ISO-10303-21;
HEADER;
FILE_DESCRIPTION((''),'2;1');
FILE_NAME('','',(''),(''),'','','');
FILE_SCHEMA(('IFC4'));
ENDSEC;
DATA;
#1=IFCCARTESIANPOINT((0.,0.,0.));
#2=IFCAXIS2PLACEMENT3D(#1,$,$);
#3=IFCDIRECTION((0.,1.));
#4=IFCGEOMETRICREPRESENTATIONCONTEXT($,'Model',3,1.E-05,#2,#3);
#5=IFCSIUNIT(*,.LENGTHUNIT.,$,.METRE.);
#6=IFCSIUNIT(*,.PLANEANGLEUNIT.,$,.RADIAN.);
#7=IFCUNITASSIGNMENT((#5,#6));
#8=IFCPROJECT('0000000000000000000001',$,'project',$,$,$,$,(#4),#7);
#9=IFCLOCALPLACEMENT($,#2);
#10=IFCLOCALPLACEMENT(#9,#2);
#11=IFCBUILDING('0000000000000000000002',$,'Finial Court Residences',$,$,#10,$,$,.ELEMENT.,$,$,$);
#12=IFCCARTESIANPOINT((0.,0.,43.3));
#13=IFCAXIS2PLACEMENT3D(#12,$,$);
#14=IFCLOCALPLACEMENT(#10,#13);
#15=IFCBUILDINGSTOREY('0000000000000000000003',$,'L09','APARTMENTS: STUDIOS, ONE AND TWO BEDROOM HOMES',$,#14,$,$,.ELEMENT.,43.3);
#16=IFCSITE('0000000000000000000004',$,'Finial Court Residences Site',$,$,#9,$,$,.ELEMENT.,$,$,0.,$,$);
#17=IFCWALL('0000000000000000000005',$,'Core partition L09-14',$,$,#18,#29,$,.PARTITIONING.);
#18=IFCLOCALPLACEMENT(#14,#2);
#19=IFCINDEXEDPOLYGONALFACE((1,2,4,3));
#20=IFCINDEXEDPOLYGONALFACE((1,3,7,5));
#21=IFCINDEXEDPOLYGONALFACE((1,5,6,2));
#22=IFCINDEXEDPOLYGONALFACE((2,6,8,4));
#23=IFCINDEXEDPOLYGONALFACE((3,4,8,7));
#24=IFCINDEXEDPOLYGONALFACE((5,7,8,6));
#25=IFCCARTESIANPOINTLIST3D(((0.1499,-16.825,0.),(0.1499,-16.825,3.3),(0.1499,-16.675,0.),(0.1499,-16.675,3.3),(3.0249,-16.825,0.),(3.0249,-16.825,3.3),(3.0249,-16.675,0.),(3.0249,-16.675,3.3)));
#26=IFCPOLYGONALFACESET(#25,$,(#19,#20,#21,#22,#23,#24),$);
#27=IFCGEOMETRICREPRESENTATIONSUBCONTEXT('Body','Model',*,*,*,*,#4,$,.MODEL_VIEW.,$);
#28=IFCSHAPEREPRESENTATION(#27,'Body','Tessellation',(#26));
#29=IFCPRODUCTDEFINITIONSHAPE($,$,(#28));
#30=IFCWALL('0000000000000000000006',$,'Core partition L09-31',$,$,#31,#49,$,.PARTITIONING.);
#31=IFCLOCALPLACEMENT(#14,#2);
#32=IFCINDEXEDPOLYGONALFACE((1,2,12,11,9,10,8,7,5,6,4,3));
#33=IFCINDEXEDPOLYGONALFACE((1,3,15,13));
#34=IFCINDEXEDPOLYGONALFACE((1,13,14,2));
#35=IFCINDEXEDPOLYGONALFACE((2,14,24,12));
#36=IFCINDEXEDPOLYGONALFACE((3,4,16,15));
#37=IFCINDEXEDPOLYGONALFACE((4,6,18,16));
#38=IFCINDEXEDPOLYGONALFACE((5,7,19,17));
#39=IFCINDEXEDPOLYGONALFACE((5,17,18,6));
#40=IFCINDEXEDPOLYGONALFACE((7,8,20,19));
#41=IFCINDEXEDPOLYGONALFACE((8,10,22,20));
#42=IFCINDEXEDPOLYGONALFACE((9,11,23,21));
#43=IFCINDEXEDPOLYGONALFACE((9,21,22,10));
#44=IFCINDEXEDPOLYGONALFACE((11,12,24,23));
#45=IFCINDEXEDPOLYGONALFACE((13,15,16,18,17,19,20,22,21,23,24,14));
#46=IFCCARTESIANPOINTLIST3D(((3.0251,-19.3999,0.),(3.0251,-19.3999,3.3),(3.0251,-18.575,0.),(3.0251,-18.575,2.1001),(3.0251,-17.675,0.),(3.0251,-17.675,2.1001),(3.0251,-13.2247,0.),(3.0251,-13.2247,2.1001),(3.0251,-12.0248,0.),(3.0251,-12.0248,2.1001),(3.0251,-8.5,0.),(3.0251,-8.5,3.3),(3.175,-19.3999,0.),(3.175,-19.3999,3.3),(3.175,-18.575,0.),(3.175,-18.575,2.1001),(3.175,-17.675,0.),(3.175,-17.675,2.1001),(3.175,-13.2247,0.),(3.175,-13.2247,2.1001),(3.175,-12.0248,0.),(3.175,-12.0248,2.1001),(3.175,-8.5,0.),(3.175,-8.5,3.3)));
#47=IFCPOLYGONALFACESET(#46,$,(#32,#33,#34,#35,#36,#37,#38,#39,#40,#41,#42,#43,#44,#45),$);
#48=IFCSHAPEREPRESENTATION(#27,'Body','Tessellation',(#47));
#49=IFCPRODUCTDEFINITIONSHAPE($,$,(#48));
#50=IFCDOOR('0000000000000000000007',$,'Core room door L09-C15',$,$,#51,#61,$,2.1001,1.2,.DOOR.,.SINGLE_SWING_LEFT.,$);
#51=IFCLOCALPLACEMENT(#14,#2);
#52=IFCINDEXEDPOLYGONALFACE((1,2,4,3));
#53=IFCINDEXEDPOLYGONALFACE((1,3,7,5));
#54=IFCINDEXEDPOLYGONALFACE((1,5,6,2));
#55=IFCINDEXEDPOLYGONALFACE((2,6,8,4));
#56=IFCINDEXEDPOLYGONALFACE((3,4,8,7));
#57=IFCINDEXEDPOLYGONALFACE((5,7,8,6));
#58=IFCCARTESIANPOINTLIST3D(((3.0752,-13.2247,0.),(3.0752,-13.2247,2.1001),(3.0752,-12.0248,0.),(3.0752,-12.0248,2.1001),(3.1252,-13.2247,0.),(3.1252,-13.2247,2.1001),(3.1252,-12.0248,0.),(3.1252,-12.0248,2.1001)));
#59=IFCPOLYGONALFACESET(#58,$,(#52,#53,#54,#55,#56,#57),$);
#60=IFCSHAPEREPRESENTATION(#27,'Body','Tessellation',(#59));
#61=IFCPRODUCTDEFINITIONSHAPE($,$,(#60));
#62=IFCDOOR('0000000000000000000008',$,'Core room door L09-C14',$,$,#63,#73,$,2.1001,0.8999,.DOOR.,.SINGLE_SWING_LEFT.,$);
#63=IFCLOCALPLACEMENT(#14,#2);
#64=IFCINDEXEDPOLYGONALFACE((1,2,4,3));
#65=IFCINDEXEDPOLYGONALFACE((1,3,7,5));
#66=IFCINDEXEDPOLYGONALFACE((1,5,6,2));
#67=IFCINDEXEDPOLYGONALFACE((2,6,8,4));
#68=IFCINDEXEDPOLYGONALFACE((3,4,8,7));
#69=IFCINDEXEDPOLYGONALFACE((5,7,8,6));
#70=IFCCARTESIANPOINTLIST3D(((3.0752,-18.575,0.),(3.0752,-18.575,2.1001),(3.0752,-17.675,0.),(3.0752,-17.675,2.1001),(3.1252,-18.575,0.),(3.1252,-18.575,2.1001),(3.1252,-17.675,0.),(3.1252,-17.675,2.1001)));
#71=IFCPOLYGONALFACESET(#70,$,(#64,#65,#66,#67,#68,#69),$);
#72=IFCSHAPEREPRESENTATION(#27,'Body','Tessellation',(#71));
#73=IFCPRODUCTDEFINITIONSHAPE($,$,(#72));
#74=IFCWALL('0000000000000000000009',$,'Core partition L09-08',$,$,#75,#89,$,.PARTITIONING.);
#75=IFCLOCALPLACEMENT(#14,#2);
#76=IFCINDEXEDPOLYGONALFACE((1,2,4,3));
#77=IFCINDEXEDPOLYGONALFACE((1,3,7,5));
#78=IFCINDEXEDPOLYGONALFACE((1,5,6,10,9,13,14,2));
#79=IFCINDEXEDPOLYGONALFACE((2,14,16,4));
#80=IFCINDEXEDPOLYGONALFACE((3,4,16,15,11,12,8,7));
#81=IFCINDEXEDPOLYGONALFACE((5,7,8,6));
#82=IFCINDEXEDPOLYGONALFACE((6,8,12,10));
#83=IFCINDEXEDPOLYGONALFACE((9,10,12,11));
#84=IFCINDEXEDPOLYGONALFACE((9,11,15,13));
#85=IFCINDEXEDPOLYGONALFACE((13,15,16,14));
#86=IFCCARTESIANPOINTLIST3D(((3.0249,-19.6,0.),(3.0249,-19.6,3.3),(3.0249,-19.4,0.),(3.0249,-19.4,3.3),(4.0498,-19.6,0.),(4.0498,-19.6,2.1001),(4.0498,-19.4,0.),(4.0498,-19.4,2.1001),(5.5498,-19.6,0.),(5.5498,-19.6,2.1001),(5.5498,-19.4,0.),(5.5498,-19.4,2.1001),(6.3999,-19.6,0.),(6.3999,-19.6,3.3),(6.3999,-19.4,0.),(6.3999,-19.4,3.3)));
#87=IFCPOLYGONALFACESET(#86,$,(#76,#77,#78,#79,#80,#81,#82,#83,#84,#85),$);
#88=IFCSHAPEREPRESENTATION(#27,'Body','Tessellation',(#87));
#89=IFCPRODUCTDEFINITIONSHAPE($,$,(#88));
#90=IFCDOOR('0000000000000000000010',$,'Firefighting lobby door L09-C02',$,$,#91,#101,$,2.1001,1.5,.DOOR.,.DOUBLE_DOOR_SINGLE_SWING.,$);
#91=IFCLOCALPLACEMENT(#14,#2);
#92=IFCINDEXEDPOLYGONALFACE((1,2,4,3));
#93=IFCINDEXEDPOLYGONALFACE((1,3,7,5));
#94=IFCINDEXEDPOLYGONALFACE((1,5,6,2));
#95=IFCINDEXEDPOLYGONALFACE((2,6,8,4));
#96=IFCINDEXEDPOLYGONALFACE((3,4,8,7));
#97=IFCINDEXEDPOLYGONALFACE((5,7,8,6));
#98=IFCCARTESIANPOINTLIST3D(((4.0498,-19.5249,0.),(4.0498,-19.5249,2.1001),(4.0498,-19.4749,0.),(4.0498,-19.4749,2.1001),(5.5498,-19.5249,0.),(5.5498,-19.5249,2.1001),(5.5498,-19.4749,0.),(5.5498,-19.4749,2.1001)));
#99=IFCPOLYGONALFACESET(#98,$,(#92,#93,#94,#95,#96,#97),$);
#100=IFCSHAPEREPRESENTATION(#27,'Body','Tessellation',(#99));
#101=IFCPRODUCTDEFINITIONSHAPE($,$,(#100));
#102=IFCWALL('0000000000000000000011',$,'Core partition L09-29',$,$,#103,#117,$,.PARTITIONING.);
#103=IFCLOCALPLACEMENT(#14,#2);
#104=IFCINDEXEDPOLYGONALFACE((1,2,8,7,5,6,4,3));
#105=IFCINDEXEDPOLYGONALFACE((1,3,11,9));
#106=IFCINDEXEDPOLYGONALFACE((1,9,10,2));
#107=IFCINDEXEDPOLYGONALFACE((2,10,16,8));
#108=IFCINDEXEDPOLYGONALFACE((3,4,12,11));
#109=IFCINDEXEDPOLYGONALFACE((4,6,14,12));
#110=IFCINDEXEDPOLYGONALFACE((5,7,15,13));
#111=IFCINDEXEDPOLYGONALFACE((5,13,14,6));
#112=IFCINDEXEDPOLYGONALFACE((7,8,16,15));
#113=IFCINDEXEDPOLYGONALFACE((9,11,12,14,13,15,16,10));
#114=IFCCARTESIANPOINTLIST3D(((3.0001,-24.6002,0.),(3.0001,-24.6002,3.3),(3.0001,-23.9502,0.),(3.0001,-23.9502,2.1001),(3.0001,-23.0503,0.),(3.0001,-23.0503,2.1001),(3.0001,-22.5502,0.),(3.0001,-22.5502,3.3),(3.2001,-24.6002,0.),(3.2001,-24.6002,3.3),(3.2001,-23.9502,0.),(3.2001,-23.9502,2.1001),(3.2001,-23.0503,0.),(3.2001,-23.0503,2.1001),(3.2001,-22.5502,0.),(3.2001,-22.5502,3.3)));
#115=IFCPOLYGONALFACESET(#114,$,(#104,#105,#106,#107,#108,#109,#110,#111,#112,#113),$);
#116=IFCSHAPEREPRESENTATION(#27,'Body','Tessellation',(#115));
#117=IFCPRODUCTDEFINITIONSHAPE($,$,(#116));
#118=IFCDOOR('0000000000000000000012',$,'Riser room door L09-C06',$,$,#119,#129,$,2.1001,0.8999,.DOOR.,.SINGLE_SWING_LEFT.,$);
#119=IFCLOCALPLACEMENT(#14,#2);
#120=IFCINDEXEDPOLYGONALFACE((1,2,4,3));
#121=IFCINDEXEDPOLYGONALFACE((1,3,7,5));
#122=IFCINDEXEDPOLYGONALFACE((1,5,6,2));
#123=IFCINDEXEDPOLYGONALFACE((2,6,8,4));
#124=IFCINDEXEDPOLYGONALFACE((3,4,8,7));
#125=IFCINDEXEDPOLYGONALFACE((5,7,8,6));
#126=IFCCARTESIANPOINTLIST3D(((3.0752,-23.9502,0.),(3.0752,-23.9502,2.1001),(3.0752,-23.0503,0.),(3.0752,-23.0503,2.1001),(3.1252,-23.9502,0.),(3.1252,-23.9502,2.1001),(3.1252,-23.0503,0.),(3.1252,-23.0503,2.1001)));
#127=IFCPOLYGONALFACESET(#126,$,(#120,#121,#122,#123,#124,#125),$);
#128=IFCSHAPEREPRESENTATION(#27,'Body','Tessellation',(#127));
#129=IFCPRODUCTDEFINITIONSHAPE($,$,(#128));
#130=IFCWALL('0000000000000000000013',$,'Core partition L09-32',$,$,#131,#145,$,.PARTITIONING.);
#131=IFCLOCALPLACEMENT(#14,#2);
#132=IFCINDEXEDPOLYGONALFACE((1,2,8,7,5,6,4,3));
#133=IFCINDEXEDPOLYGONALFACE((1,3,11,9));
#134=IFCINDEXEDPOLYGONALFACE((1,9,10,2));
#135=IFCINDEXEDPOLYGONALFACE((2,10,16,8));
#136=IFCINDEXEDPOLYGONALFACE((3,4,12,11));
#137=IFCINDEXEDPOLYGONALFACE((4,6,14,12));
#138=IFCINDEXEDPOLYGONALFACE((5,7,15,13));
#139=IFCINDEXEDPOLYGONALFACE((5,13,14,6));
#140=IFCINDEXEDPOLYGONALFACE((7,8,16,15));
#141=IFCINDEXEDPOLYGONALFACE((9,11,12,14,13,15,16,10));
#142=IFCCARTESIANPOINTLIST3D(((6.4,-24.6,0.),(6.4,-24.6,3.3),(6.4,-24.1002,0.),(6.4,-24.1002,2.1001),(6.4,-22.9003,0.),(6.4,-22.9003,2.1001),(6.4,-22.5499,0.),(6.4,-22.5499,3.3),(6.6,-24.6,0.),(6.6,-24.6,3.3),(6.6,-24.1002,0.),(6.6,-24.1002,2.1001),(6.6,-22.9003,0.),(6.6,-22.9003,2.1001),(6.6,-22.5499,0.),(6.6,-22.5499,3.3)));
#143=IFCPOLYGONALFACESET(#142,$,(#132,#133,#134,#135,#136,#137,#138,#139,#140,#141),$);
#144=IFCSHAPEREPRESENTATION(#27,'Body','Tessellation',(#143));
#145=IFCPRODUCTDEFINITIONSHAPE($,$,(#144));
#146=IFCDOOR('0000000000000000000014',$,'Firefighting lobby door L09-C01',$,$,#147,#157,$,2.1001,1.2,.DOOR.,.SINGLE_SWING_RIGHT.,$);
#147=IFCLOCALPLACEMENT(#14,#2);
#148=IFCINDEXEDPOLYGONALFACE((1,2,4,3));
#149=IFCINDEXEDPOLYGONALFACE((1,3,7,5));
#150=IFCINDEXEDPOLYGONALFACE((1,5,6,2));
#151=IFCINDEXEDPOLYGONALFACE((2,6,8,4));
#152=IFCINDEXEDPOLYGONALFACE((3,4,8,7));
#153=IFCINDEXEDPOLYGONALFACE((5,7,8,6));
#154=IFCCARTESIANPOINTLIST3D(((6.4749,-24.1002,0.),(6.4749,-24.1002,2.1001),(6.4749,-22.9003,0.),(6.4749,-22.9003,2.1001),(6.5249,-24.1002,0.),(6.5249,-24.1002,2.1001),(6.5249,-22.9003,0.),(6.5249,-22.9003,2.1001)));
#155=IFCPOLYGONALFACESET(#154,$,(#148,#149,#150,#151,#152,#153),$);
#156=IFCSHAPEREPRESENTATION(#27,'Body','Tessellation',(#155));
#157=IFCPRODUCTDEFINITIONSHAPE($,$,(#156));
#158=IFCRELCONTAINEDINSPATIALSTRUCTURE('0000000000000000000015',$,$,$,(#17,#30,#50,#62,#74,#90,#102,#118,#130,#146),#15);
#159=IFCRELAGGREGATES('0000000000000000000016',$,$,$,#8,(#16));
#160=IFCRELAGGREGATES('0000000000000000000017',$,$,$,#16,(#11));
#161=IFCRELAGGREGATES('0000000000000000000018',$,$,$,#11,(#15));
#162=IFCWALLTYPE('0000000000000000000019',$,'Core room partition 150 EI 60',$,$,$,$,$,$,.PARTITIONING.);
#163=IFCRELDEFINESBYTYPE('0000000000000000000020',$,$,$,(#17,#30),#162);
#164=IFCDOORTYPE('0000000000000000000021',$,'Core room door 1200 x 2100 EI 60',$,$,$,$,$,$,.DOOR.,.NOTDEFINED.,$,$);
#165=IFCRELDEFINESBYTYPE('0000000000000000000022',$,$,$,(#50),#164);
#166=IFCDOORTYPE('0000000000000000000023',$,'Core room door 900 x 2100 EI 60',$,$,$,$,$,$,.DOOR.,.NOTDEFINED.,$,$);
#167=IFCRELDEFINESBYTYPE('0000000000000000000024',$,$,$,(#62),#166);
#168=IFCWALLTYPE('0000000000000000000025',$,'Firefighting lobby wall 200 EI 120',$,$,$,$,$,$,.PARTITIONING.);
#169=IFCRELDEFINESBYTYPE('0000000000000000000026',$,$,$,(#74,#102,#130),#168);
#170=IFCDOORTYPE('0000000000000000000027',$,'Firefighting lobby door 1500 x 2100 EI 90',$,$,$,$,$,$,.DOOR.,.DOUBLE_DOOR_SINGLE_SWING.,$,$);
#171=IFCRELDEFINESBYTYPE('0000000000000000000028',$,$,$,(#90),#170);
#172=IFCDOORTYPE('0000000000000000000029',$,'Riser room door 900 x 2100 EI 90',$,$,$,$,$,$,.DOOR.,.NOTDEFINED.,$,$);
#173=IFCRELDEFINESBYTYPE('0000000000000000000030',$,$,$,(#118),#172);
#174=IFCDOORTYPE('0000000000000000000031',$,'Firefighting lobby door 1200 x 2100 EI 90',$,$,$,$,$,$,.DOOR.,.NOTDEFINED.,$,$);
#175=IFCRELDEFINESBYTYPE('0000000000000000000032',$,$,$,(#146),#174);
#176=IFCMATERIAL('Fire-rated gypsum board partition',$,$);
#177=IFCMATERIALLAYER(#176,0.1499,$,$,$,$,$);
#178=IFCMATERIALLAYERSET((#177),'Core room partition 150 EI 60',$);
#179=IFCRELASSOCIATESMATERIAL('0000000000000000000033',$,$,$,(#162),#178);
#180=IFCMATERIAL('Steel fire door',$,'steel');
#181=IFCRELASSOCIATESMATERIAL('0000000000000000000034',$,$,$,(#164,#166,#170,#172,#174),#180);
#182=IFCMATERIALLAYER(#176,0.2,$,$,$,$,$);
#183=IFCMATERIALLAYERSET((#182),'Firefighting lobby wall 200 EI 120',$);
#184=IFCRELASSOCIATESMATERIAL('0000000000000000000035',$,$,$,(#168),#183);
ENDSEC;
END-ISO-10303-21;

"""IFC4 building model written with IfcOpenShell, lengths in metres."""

from ifc_helpers import new_model, si_unit, direction, frame, frame_2d, origin, place, context, subcontext, project, spatial, rectangle, extrude, material, layer, layer_set, type_object, element, fill, save


model = new_model("IFC4")

# Units and contexts
model_context = context("Model", 3, precision=1e-05, world=origin(), true_north=direction((0.0, 1.0)))
body_context = subcontext(model_context, "Body", "Model", "MODEL_VIEW")
ifc_project = project(units=[si_unit("LENGTHUNIT", "METRE"), si_unit("PLANEANGLEUNIT", "RADIAN")], contexts=[model_context])

# Site, building, storey
site_placement = place(None, origin())
site = spatial("IfcSite", under=ifc_project, at=site_placement, Name="Finial Court Residences Site", CompositionType="ELEMENT", RefElevation=0.0)
building_placement = place(site_placement, origin())
building = spatial("IfcBuilding", under=site, at=building_placement, Name="Finial Court Residences", CompositionType="ELEMENT")
storey_placement = place(building_placement, frame((0.0, 0.0, 43.3)))
storey = spatial("IfcBuildingStorey", under=building, at=storey_placement, Name="L09", Description="APARTMENTS: STUDIOS, ONE AND TWO BEDROOM HOMES", CompositionType="ELEMENT", Elevation=43.3)

# Wall
ifc_material_1 = material(Name="Fire-rated gypsum board partition")
ifc_layer_1 = layer(ifc_material_1, 0.1499)
ifc_layer_set_1 = layer_set([ifc_layer_1], Name="Core room partition 150 EI 60")
wall_type_1 = type_object("IfcWallType", Name="Core room partition 150 EI 60", PredefinedType="PARTITIONING", material=ifc_layer_set_1)
wall_1_placement = place(storey_placement, frame((0.1499, -16.75, 0.0), z_axis=(0.0, 0.0, 1.0), x_axis=(1.0, 0.0, 0.0)))
element("IfcWall", 1, at=wall_1_placement, inside=storey, type_object=wall_type_1, Name="Core partition L09-14", PredefinedType="PARTITIONING", context=body_context, shape_type="SweptSolid", body=[
    extrude(rectangle(XDim=2.875, YDim=0.1499, at=frame_2d((1.4375, 0.0))), origin(), (0.0, 0.0, 1.0), 3.3),
])

# Wall, openings, doors
wall_2_placement = place(storey_placement, frame((3.1001, -19.3999, 0.0), z_axis=(0.0, 0.0, 1.0), x_axis=(0.0, 1.0, 0.0)))
wall_2 = element("IfcWall", 2, at=wall_2_placement, inside=storey, type_object=wall_type_1, Name="Core partition L09-31", PredefinedType="PARTITIONING", context=body_context, shape_type="SweptSolid", body=[
    extrude(rectangle(XDim=10.8999, YDim=0.1499, at=frame_2d((5.45, 0.0))), origin(), (0.0, 0.0, 1.0), 3.3),
])
opening_1_placement = place(wall_2_placement, frame((0.825, 0.0, 0.0)))
opening_1 = element("IfcOpeningElement", 3, at=opening_1_placement, cuts=wall_2, PredefinedType="OPENING", context=body_context, shape_type="SweptSolid", body=[
    extrude(rectangle(XDim=0.8999, YDim=2.1001, at=frame_2d((0.45, 1.05))), frame((0.0, 0.085, 0.0), z_axis=(0.0, -1.0, 0.0), x_axis=(1.0, 0.0, 0.0)), (0.0, 0.0, 1.0), 0.1699),
])
opening_2_placement = place(wall_2_placement, frame((6.175, 0.0, 0.0)))
opening_2 = element("IfcOpeningElement", 4, at=opening_2_placement, cuts=wall_2, PredefinedType="OPENING", context=body_context, shape_type="SweptSolid", body=[
    extrude(rectangle(XDim=1.2, YDim=2.1001, at=frame_2d((0.6001, 1.05))), frame((0.0, 0.085, 0.0), z_axis=(0.0, -1.0, 0.0), x_axis=(1.0, 0.0, 0.0)), (0.0, 0.0, 1.0), 0.1699),
])
ifc_material_2 = material(Name="Steel fire door", Category="steel")
door_type_1 = type_object("IfcDoorType", Name="Core room door 1200 x 2100 EI 60", OperationType="NOTDEFINED", PredefinedType="DOOR", material=ifc_material_2)
door_1_placement = place(opening_2_placement, origin())
door_1 = element("IfcDoor", 5, at=door_1_placement, inside=storey, type_object=door_type_1, Name="Core room door L09-C15", OperationType="SINGLE_SWING_LEFT", OverallHeight=2.1001, OverallWidth=1.2, PredefinedType="DOOR", context=body_context, shape_type="SweptSolid", body=[
    extrude(rectangle(XDim=1.2, YDim=2.1001, at=frame_2d((0.6001, 1.05))), frame((0.0, 0.0249, 0.0), z_axis=(0.0, -1.0, 0.0), x_axis=(1.0, 0.0, 0.0)), (0.0, 0.0, 1.0), 0.05),
])
fill(opening_2, door_1)
door_type_2 = type_object("IfcDoorType", Name="Core room door 900 x 2100 EI 60", OperationType="NOTDEFINED", PredefinedType="DOOR", material=ifc_material_2)
door_2_placement = place(opening_1_placement, origin())
door_2 = element("IfcDoor", 6, at=door_2_placement, inside=storey, type_object=door_type_2, Name="Core room door L09-C14", OperationType="SINGLE_SWING_LEFT", OverallHeight=2.1001, OverallWidth=0.8999, PredefinedType="DOOR", context=body_context, shape_type="SweptSolid", body=[
    extrude(rectangle(XDim=0.8999, YDim=2.1001, at=frame_2d((0.45, 1.05))), frame((0.0, 0.0249, 0.0), z_axis=(0.0, -1.0, 0.0), x_axis=(1.0, 0.0, 0.0)), (0.0, 0.0, 1.0), 0.05),
])
fill(opening_1, door_2)

# Walls, openings, doors
ifc_layer_2 = layer(ifc_material_1, 0.2)
ifc_layer_set_2 = layer_set([ifc_layer_2], Name="Firefighting lobby wall 200 EI 120")
wall_type_2 = type_object("IfcWallType", Name="Firefighting lobby wall 200 EI 120", PredefinedType="PARTITIONING", material=ifc_layer_set_2)
wall_3_placement = place(storey_placement, frame((6.3999, -19.5, 0.0), z_axis=(0.0, 0.0, 1.0), x_axis=(-1.0, 0.0, 0.0)))
wall_3 = element("IfcWall", 7, at=wall_3_placement, inside=storey, type_object=wall_type_2, Name="Core partition L09-08", PredefinedType="PARTITIONING", context=body_context, shape_type="SweptSolid", body=[
    extrude(rectangle(XDim=3.375, YDim=0.2, at=frame_2d((1.6875, 0.0))), origin(), (0.0, 0.0, 1.0), 3.3),
])
opening_3_placement = place(wall_3_placement, frame((0.8501, 0.0, 0.0)))
opening_3 = element("IfcOpeningElement", 8, at=opening_3_placement, cuts=wall_3, PredefinedType="OPENING", context=body_context, shape_type="SweptSolid", body=[
    extrude(rectangle(XDim=1.5, YDim=2.1001, at=frame_2d((0.75, 1.05))), frame((0.0, 0.1099, 0.0), z_axis=(0.0, -1.0, 0.0), x_axis=(1.0, 0.0, 0.0)), (0.0, 0.0, 1.0), 0.22),
])
door_type_3 = type_object("IfcDoorType", Name="Firefighting lobby door 1500 x 2100 EI 90", OperationType="DOUBLE_DOOR_SINGLE_SWING", PredefinedType="DOOR", material=ifc_material_2)
door_3_placement = place(opening_3_placement, origin())
door_3 = element("IfcDoor", 9, at=door_3_placement, inside=storey, type_object=door_type_3, Name="Firefighting lobby door L09-C02", OperationType="DOUBLE_DOOR_SINGLE_SWING", OverallHeight=2.1001, OverallWidth=1.5, PredefinedType="DOOR", context=body_context, shape_type="SweptSolid", body=[
    extrude(rectangle(XDim=1.5, YDim=2.1001, at=frame_2d((0.75, 1.05))), frame((0.0, 0.0249, 0.0), z_axis=(0.0, -1.0, 0.0), x_axis=(1.0, 0.0, 0.0)), (0.0, 0.0, 1.0), 0.05),
])
fill(opening_3, door_3)
wall_4_placement = place(storey_placement, frame((3.1001, -24.6001, 0.0), z_axis=(0.0, 0.0, 1.0), x_axis=(0.0, 1.0, 0.0)))
wall_4 = element("IfcWall", 10, at=wall_4_placement, inside=storey, type_object=wall_type_2, Name="Core partition L09-29", PredefinedType="PARTITIONING", context=body_context, shape_type="SweptSolid", body=[
    extrude(rectangle(XDim=2.05, YDim=0.2, at=frame_2d((1.0249, 0.0))), origin(), (0.0, 0.0, 1.0), 3.3),
])
opening_4_placement = place(wall_4_placement, frame((0.6499, 0.0, 0.0)))
opening_4 = element("IfcOpeningElement", 11, at=opening_4_placement, cuts=wall_4, PredefinedType="OPENING", context=body_context, shape_type="SweptSolid", body=[
    extrude(rectangle(XDim=0.8999, YDim=2.1001, at=frame_2d((0.45, 1.05))), frame((0.0, 0.1099, 0.0), z_axis=(0.0, -1.0, 0.0), x_axis=(1.0, 0.0, 0.0)), (0.0, 0.0, 1.0), 0.22),
])
door_type_4 = type_object("IfcDoorType", Name="Riser room door 900 x 2100 EI 90", OperationType="NOTDEFINED", PredefinedType="DOOR", material=ifc_material_2)
door_4_placement = place(opening_4_placement, origin())
door_4 = element("IfcDoor", 12, at=door_4_placement, inside=storey, type_object=door_type_4, Name="Riser room door L09-C06", OperationType="SINGLE_SWING_LEFT", OverallHeight=2.1001, OverallWidth=0.8999, PredefinedType="DOOR", context=body_context, shape_type="SweptSolid", body=[
    extrude(rectangle(XDim=0.8999, YDim=2.1001, at=frame_2d((0.45, 1.05))), frame((0.0, 0.0249, 0.0), z_axis=(0.0, -1.0, 0.0), x_axis=(1.0, 0.0, 0.0)), (0.0, 0.0, 1.0), 0.05),
])
fill(opening_4, door_4)
wall_5_placement = place(storey_placement, frame((6.5, -22.55, 0.0), z_axis=(0.0, 0.0, 1.0), x_axis=(0.0, -1.0, 0.0)))
wall_5 = element("IfcWall", 13, at=wall_5_placement, inside=storey, type_object=wall_type_2, Name="Core partition L09-32", PredefinedType="PARTITIONING", context=body_context, shape_type="SweptSolid", body=[
    extrude(rectangle(XDim=2.05, YDim=0.2, at=frame_2d((1.0249, 0.0))), origin(), (0.0, 0.0, 1.0), 3.3),
])
opening_5_placement = place(wall_5_placement, frame((0.3501, 0.0, 0.0)))
opening_5 = element("IfcOpeningElement", 14, at=opening_5_placement, cuts=wall_5, PredefinedType="OPENING", context=body_context, shape_type="SweptSolid", body=[
    extrude(rectangle(XDim=1.2, YDim=2.1001, at=frame_2d((0.6001, 1.05))), frame((0.0, 0.1099, 0.0), z_axis=(0.0, -1.0, 0.0), x_axis=(1.0, 0.0, 0.0)), (0.0, 0.0, 1.0), 0.22),
])
door_type_5 = type_object("IfcDoorType", Name="Firefighting lobby door 1200 x 2100 EI 90", OperationType="NOTDEFINED", PredefinedType="DOOR", material=ifc_material_2)
door_5_placement = place(opening_5_placement, origin())
door_5 = element("IfcDoor", 15, at=door_5_placement, inside=storey, type_object=door_type_5, Name="Firefighting lobby door L09-C01", OperationType="SINGLE_SWING_RIGHT", OverallHeight=2.1001, OverallWidth=1.2, PredefinedType="DOOR", context=body_context, shape_type="SweptSolid", body=[
    extrude(rectangle(XDim=1.2, YDim=2.1001, at=frame_2d((0.6001, 1.05))), frame((0.0, 0.0249, 0.0), z_axis=(0.0, -1.0, 0.0), x_axis=(1.0, 0.0, 0.0)), (0.0, 0.0, 1.0), 0.05),
])
fill(opening_5, door_5)

save(model, "model.ifc")
